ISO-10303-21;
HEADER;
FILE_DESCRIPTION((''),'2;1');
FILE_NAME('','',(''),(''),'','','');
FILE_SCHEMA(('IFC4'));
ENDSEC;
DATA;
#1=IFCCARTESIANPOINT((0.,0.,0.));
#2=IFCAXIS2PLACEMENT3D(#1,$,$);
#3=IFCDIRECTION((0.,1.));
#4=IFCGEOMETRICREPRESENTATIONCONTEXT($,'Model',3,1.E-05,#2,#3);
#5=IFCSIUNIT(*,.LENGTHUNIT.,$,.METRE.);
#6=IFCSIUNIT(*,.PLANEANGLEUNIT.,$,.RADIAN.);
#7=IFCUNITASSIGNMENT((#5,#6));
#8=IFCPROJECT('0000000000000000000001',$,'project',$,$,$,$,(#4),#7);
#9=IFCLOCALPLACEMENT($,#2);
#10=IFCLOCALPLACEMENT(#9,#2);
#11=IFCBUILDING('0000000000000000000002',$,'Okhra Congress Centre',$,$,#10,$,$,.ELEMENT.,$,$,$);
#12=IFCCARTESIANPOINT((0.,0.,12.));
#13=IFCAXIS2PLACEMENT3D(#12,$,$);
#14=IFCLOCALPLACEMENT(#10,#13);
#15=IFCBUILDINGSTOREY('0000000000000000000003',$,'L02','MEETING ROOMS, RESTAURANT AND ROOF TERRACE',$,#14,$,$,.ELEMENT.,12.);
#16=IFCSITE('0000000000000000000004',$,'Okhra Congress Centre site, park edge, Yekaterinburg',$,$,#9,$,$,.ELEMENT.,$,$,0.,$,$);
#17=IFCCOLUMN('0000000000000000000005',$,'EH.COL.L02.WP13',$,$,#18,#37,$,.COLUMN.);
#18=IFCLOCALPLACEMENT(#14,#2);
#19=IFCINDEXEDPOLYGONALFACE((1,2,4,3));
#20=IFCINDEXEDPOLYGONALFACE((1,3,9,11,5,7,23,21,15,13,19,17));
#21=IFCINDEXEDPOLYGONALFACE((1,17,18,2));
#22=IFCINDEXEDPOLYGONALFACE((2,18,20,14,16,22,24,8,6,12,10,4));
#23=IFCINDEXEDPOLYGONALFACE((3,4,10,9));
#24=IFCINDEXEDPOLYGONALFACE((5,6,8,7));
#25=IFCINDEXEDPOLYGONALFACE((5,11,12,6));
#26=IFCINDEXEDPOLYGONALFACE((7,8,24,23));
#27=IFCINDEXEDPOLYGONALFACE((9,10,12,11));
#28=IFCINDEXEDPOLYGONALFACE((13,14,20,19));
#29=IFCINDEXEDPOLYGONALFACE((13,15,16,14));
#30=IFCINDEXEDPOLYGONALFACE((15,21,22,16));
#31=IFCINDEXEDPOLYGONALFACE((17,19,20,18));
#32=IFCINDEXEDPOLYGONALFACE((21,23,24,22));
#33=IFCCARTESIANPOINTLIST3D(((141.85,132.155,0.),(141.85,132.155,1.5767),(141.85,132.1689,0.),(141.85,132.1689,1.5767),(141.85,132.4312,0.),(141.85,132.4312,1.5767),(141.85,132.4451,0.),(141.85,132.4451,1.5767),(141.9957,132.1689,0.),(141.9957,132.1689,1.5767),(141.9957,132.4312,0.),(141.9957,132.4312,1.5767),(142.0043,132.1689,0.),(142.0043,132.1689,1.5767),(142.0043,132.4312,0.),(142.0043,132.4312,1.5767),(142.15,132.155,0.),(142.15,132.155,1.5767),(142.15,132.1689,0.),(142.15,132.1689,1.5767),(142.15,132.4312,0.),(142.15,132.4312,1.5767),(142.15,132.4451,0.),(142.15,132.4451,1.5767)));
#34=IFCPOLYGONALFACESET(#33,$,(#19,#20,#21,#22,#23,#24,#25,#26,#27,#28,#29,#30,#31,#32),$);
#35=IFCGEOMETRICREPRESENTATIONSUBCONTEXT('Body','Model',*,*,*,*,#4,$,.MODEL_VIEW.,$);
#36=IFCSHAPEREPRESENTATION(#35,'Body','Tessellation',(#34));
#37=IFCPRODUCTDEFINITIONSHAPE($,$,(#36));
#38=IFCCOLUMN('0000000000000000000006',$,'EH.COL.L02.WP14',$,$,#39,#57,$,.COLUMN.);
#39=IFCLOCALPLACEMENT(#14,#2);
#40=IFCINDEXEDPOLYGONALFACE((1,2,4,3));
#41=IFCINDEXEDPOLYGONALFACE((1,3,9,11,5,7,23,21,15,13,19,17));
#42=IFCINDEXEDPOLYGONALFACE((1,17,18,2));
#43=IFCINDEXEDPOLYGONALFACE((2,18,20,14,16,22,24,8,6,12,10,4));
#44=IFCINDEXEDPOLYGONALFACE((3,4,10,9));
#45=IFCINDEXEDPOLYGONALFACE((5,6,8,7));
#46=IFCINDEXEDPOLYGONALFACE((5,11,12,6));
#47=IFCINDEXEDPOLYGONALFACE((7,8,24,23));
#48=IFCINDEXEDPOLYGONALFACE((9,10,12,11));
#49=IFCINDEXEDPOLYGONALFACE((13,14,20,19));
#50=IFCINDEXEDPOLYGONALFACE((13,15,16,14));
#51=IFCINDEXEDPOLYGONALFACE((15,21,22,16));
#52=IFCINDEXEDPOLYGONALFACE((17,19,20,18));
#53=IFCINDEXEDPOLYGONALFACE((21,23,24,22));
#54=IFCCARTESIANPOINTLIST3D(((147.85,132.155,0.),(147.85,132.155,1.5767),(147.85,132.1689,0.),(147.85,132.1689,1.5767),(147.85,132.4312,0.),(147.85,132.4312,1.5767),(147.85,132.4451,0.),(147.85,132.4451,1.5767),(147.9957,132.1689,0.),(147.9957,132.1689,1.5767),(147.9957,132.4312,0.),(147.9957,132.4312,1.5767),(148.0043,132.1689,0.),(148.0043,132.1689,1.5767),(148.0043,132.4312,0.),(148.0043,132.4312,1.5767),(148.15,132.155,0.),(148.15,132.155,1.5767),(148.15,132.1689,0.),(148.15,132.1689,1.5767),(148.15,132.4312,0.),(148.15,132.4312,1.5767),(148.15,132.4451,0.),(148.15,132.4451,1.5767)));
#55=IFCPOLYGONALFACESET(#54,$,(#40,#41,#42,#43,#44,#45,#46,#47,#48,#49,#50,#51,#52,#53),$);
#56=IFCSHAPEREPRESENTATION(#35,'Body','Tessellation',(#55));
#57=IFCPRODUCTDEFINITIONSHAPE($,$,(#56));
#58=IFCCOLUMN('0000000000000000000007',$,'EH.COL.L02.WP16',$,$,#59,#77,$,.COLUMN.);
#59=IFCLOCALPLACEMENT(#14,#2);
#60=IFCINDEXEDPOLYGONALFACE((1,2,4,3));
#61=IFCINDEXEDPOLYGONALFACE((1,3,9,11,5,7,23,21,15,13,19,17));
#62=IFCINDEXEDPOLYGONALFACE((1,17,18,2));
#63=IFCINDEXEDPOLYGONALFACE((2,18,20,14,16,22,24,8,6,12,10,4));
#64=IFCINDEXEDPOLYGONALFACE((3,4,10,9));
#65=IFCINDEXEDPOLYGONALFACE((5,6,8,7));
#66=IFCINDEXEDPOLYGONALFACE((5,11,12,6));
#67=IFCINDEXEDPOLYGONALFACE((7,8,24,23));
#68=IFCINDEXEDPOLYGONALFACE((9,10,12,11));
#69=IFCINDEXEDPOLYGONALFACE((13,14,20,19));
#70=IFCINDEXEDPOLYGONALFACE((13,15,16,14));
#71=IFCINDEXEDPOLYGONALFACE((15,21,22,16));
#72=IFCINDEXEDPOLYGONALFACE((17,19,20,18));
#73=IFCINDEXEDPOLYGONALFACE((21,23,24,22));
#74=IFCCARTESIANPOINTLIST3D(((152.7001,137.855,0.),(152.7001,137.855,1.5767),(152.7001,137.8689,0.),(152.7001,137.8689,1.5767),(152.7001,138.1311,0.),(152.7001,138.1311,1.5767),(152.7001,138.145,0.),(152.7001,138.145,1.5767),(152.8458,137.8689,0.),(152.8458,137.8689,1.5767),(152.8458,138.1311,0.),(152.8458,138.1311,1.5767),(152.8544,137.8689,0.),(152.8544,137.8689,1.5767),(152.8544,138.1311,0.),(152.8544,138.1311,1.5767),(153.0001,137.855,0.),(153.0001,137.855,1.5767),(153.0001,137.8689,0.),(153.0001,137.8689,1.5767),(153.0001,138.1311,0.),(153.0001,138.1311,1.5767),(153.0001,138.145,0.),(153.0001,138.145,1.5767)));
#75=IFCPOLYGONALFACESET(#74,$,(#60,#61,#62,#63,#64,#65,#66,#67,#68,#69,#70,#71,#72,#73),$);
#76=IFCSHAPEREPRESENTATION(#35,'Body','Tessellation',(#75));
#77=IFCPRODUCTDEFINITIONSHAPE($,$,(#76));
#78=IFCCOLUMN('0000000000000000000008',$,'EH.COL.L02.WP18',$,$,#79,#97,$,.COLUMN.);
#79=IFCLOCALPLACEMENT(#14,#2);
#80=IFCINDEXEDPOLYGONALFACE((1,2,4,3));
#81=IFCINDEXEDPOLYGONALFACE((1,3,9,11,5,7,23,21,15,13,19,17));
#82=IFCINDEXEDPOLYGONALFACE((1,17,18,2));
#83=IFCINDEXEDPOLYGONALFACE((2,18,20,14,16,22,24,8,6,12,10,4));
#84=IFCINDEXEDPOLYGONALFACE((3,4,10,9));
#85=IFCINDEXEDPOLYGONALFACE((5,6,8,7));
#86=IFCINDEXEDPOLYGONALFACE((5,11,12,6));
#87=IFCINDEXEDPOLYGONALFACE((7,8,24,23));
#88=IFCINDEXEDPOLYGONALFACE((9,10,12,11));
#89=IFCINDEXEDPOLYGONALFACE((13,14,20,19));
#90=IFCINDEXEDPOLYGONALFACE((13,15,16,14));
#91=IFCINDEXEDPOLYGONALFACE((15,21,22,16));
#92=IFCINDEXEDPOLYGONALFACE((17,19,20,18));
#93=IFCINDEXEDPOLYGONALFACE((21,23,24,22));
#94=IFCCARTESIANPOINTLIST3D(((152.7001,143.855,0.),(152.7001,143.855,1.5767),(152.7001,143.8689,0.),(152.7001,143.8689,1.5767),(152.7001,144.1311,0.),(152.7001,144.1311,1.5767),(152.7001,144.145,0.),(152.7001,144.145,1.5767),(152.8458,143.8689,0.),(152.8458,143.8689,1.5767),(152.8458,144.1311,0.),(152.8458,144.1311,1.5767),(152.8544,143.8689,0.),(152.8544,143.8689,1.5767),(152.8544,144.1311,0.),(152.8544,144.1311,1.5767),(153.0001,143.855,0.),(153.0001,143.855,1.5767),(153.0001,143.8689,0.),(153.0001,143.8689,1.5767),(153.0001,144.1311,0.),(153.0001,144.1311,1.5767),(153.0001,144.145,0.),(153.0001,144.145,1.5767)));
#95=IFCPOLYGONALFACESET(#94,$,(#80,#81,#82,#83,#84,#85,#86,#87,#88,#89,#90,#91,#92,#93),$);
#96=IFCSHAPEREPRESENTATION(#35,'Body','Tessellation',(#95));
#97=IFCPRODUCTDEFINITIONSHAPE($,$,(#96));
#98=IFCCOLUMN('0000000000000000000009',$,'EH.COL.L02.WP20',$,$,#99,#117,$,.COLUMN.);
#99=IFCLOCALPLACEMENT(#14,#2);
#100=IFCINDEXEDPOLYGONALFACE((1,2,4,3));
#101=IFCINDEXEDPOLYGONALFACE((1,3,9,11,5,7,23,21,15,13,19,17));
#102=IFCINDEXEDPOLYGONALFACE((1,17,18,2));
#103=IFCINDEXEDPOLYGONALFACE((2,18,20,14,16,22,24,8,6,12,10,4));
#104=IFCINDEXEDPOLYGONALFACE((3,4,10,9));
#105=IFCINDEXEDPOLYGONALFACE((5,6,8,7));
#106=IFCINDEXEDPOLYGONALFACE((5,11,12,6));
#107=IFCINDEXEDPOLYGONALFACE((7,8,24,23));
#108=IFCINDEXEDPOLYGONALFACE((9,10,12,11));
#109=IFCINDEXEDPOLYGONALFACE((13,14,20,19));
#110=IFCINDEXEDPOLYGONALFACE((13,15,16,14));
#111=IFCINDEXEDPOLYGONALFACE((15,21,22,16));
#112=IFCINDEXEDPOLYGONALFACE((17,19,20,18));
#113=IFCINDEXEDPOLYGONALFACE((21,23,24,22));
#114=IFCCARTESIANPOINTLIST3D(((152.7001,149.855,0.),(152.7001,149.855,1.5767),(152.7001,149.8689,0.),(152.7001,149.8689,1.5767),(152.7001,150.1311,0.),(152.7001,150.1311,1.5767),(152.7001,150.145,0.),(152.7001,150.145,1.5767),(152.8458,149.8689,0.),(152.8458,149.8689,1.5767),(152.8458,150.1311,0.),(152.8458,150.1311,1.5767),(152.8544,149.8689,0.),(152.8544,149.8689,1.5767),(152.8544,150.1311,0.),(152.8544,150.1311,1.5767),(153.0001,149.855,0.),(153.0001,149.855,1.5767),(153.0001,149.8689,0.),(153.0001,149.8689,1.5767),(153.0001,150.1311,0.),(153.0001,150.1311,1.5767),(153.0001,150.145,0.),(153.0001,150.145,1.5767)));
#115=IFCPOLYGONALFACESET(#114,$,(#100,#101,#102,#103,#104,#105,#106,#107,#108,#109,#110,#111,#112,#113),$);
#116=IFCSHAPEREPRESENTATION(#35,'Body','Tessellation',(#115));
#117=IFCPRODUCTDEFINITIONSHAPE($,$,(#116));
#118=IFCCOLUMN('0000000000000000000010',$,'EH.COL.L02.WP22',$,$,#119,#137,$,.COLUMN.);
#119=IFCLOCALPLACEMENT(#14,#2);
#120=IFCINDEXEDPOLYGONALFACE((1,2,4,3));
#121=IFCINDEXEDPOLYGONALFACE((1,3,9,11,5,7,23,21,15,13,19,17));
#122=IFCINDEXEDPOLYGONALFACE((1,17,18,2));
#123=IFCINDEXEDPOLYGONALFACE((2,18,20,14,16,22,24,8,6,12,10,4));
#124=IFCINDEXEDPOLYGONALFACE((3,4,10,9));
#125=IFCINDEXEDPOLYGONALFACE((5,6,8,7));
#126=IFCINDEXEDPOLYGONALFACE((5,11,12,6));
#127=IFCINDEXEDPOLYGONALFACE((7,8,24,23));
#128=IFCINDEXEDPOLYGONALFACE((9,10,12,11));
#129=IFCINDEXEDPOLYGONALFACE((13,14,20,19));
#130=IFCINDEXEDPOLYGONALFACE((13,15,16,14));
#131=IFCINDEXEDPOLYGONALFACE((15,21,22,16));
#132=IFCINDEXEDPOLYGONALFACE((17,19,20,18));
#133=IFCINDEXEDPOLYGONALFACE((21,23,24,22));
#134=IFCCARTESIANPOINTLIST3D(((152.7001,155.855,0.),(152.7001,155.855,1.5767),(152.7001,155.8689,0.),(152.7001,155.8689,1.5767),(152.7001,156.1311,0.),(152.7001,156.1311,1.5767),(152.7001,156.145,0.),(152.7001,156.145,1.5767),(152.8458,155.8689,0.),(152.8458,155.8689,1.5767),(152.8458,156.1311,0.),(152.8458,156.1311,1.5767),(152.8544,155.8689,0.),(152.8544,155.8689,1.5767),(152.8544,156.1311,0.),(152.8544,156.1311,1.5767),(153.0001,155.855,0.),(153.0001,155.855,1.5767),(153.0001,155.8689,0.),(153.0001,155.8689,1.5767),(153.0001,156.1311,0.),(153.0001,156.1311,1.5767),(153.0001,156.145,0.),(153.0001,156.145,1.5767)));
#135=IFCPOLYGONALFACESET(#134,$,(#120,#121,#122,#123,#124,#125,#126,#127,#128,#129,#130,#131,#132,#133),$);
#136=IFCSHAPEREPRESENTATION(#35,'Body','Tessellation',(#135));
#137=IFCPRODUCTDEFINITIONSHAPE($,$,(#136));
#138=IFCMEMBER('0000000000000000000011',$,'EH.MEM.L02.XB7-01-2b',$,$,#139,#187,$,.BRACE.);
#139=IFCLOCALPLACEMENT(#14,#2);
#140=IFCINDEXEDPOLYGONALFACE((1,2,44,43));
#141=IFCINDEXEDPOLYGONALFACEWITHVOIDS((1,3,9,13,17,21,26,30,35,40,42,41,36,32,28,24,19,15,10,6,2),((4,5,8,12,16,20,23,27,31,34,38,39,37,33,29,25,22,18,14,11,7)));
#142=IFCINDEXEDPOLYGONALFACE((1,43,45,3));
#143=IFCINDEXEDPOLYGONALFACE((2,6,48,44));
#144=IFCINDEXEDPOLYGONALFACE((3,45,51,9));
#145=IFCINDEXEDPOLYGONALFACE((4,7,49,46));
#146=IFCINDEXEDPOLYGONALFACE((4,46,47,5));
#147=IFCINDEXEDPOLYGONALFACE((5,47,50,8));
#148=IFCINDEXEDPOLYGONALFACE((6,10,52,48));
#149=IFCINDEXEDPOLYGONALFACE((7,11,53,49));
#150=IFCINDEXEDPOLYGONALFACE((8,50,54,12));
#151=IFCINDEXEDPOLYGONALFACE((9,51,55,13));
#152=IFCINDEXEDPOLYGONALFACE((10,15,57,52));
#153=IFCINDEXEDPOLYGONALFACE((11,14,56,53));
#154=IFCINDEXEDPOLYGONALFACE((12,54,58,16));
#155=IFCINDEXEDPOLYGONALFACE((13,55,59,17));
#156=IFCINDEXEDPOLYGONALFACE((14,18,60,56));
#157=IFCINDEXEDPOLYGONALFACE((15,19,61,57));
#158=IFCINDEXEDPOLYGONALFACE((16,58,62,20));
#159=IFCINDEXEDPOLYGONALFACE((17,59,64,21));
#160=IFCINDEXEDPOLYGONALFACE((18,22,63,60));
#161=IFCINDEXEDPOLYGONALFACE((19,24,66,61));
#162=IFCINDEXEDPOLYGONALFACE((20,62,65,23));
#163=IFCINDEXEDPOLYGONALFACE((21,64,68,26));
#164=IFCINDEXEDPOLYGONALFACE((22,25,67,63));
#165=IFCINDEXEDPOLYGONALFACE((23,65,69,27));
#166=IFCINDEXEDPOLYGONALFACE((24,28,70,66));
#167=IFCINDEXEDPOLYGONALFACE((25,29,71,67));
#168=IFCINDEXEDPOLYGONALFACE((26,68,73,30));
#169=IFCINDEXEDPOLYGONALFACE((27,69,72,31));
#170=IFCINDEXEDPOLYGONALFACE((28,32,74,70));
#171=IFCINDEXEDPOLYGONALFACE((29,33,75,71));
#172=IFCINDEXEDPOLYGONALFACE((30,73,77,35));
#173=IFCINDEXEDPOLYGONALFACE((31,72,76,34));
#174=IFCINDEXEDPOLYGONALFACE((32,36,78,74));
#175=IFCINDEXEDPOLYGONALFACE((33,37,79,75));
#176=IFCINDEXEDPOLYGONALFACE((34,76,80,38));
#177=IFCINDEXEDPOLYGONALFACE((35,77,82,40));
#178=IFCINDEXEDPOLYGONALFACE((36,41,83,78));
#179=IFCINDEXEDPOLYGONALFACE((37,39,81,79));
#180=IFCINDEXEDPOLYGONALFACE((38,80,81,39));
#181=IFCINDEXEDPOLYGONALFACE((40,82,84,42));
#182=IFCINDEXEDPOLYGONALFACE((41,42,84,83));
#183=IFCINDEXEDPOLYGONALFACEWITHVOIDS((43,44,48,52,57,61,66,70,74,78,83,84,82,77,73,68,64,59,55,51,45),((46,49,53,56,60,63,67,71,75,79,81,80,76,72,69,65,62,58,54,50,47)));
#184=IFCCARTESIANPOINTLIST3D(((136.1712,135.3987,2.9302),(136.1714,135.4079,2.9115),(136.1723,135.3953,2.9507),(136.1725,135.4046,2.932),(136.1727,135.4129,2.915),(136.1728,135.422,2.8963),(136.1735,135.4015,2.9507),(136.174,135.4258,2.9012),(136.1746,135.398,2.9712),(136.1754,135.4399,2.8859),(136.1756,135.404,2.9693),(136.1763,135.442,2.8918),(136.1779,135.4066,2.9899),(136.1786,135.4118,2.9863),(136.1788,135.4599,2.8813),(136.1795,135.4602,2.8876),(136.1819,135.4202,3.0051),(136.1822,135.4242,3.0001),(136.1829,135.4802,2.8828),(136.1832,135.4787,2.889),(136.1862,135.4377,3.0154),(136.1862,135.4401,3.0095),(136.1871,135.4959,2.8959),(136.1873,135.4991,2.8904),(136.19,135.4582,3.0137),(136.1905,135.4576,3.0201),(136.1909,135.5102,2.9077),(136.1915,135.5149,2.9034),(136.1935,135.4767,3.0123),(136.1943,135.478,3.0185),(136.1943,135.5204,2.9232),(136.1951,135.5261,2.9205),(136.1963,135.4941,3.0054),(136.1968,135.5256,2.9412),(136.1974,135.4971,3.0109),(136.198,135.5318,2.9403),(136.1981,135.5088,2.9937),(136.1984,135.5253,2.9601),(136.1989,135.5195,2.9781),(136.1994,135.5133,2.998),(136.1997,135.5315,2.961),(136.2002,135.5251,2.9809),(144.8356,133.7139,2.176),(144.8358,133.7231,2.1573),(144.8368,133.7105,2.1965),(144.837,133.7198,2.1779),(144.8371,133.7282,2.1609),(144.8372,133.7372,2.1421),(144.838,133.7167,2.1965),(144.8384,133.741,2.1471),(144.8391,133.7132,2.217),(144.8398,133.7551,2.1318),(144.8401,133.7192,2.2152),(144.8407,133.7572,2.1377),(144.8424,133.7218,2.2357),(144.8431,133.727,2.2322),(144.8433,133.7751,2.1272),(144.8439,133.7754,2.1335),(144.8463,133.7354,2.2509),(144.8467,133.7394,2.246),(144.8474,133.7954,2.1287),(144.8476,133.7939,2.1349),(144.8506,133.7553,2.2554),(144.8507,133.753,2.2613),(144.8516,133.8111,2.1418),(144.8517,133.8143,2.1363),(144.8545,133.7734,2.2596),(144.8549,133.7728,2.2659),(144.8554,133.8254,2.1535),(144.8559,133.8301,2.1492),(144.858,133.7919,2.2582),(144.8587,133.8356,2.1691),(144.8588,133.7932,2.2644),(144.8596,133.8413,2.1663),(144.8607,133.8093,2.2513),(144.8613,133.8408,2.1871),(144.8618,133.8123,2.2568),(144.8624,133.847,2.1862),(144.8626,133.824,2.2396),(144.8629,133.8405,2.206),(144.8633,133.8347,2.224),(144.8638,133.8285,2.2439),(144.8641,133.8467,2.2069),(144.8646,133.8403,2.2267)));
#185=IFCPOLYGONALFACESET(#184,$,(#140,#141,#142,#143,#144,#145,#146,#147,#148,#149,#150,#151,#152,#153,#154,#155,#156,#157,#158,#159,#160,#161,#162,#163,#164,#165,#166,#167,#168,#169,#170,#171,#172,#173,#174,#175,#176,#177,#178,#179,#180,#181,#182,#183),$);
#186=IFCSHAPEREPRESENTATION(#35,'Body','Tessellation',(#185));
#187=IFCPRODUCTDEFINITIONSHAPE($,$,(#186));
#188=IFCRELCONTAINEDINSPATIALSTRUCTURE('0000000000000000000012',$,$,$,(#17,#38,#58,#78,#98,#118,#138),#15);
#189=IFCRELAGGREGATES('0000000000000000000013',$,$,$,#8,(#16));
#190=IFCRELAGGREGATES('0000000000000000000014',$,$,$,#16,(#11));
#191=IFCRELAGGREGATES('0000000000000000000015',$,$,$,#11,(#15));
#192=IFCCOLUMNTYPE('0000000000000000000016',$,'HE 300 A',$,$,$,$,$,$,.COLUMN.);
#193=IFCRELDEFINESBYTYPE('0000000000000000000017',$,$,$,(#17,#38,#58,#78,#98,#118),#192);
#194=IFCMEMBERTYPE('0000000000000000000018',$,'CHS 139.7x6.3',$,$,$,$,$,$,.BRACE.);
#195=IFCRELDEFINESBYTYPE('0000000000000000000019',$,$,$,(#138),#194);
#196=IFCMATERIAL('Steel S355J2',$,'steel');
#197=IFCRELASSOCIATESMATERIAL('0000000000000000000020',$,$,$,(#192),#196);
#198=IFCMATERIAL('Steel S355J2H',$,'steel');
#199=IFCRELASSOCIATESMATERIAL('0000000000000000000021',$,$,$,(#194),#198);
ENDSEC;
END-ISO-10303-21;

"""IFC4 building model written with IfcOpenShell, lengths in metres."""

from ifc_helpers import new_model, si_unit, direction, frame, origin, origin_2d, place, context, subcontext, project, spatial, hollow_circle, i_section, extrude, material, material_profile, profile_set, type_object, element, save


model = new_model("IFC4")

# Units and contexts
model_context = context("Model", 3, precision=1e-05, world=origin(), true_north=direction((0.0, 1.0)))
body_context = subcontext(model_context, "Body", "Model", "MODEL_VIEW")
ifc_project = project(units=[si_unit("LENGTHUNIT", "METRE"), si_unit("PLANEANGLEUNIT", "RADIAN")], contexts=[model_context])

# Site, building, storey
site_placement = place(None, origin())
site = spatial("IfcSite", under=ifc_project, at=site_placement, Name="Okhra Congress Centre site, park edge, Yekaterinburg", CompositionType="ELEMENT", RefElevation=0.0)
building_placement = place(site_placement, origin())
building = spatial("IfcBuilding", under=site, at=building_placement, Name="Okhra Congress Centre", CompositionType="ELEMENT")
storey_placement = place(building_placement, frame((0.0, 0.0, 12.0)))
storey = spatial("IfcBuildingStorey", under=building, at=storey_placement, Name="L02", Description="MEETING ROOMS, RESTAURANT AND ROOF TERRACE", CompositionType="ELEMENT", Elevation=12.0)

# Columns
ifc_material_1 = material(Name="Steel S355J2", Category="steel")
ifc_material_profile_1 = material_profile(ifc_material_1, i_section(OverallWidth=0.3, OverallDepth=0.29, WebThickness=0.0085, FlangeThickness=0.0139, at=origin_2d()), Name="HE 300 A")
ifc_profile_set_1 = profile_set([ifc_material_profile_1], Name="Steel S355J2")
column_type = type_object("IfcColumnType", Name="HE 300 A", PredefinedType="COLUMN", material=ifc_profile_set_1)
for number, where, z_axis, x_axis, name in (
    (1, (142.0, 132.3, 0.0), (0.0, 0.0, 1.0), (1.0, 0.0, 0.0), "EH.COL.L02.WP13"),
    (2, (148.0, 132.3, 0.0), (0.0, 0.0, 1.0), (1.0, 0.0, 0.0), "EH.COL.L02.WP14"),
    (3, (152.8501, 138.0, 0.0), (0.0, 0.0, 1.0), (1.0, 0.0, 0.0), "EH.COL.L02.WP16"),
    (4, (152.8501, 144.0, 0.0), (0.0, 0.0, 1.0), (1.0, 0.0, 0.0), "EH.COL.L02.WP18"),
    (5, (152.8501, 150.0, 0.0), (0.0, 0.0, 1.0), (1.0, 0.0, 0.0), "EH.COL.L02.WP20"),
    (6, (152.8501, 156.0, 0.0), (0.0, 0.0, 1.0), (1.0, 0.0, 0.0), "EH.COL.L02.WP22"),
):
    element("IfcColumn", number, at=place(storey_placement, frame(where, z_axis=z_axis, x_axis=x_axis)), inside=storey, type_object=column_type, Name=name, PredefinedType="COLUMN", context=body_context, shape_type="SweptSolid", body=[
        extrude(i_section(OverallWidth=0.3, OverallDepth=0.29, WebThickness=0.0085, FlangeThickness=0.0139, at=origin_2d()), origin(), (0.0, 0.0, 1.0), 1.5767),
    ])

# Member
ifc_material_2 = material(Name="Steel S355J2H", Category="steel")
ifc_material_profile_2 = material_profile(ifc_material_2, hollow_circle(Radius=0.0698, WallThickness=0.0063, at=origin_2d()), Name="CHS 139.7x6.3")
ifc_profile_set_2 = profile_set([ifc_material_profile_2], Name="Steel S355J2H")
member_type_1 = type_object("IfcMemberType", Name="CHS 139.7x6.3", PredefinedType="BRACE", material=ifc_profile_set_2)
member_1_placement = place(storey_placement, frame((144.8501, 133.7791, 2.1965), z_axis=(-0.978051, 0.190181, 0.085128), x_axis=(-0.190874, -0.981615, 0.0)))
element("IfcMember", 7, at=member_1_placement, inside=storey, type_object=member_type_1, Name="EH.MEM.L02.XB7-01-2b", PredefinedType="BRACE", context=body_context, shape_type="SweptSolid", body=[
    extrude(hollow_circle(Radius=0.0698, WallThickness=0.0063, at=origin_2d()), origin(), (0.0, 0.0, 1.0), 8.8589),
])

save(model, "model.ifc")
